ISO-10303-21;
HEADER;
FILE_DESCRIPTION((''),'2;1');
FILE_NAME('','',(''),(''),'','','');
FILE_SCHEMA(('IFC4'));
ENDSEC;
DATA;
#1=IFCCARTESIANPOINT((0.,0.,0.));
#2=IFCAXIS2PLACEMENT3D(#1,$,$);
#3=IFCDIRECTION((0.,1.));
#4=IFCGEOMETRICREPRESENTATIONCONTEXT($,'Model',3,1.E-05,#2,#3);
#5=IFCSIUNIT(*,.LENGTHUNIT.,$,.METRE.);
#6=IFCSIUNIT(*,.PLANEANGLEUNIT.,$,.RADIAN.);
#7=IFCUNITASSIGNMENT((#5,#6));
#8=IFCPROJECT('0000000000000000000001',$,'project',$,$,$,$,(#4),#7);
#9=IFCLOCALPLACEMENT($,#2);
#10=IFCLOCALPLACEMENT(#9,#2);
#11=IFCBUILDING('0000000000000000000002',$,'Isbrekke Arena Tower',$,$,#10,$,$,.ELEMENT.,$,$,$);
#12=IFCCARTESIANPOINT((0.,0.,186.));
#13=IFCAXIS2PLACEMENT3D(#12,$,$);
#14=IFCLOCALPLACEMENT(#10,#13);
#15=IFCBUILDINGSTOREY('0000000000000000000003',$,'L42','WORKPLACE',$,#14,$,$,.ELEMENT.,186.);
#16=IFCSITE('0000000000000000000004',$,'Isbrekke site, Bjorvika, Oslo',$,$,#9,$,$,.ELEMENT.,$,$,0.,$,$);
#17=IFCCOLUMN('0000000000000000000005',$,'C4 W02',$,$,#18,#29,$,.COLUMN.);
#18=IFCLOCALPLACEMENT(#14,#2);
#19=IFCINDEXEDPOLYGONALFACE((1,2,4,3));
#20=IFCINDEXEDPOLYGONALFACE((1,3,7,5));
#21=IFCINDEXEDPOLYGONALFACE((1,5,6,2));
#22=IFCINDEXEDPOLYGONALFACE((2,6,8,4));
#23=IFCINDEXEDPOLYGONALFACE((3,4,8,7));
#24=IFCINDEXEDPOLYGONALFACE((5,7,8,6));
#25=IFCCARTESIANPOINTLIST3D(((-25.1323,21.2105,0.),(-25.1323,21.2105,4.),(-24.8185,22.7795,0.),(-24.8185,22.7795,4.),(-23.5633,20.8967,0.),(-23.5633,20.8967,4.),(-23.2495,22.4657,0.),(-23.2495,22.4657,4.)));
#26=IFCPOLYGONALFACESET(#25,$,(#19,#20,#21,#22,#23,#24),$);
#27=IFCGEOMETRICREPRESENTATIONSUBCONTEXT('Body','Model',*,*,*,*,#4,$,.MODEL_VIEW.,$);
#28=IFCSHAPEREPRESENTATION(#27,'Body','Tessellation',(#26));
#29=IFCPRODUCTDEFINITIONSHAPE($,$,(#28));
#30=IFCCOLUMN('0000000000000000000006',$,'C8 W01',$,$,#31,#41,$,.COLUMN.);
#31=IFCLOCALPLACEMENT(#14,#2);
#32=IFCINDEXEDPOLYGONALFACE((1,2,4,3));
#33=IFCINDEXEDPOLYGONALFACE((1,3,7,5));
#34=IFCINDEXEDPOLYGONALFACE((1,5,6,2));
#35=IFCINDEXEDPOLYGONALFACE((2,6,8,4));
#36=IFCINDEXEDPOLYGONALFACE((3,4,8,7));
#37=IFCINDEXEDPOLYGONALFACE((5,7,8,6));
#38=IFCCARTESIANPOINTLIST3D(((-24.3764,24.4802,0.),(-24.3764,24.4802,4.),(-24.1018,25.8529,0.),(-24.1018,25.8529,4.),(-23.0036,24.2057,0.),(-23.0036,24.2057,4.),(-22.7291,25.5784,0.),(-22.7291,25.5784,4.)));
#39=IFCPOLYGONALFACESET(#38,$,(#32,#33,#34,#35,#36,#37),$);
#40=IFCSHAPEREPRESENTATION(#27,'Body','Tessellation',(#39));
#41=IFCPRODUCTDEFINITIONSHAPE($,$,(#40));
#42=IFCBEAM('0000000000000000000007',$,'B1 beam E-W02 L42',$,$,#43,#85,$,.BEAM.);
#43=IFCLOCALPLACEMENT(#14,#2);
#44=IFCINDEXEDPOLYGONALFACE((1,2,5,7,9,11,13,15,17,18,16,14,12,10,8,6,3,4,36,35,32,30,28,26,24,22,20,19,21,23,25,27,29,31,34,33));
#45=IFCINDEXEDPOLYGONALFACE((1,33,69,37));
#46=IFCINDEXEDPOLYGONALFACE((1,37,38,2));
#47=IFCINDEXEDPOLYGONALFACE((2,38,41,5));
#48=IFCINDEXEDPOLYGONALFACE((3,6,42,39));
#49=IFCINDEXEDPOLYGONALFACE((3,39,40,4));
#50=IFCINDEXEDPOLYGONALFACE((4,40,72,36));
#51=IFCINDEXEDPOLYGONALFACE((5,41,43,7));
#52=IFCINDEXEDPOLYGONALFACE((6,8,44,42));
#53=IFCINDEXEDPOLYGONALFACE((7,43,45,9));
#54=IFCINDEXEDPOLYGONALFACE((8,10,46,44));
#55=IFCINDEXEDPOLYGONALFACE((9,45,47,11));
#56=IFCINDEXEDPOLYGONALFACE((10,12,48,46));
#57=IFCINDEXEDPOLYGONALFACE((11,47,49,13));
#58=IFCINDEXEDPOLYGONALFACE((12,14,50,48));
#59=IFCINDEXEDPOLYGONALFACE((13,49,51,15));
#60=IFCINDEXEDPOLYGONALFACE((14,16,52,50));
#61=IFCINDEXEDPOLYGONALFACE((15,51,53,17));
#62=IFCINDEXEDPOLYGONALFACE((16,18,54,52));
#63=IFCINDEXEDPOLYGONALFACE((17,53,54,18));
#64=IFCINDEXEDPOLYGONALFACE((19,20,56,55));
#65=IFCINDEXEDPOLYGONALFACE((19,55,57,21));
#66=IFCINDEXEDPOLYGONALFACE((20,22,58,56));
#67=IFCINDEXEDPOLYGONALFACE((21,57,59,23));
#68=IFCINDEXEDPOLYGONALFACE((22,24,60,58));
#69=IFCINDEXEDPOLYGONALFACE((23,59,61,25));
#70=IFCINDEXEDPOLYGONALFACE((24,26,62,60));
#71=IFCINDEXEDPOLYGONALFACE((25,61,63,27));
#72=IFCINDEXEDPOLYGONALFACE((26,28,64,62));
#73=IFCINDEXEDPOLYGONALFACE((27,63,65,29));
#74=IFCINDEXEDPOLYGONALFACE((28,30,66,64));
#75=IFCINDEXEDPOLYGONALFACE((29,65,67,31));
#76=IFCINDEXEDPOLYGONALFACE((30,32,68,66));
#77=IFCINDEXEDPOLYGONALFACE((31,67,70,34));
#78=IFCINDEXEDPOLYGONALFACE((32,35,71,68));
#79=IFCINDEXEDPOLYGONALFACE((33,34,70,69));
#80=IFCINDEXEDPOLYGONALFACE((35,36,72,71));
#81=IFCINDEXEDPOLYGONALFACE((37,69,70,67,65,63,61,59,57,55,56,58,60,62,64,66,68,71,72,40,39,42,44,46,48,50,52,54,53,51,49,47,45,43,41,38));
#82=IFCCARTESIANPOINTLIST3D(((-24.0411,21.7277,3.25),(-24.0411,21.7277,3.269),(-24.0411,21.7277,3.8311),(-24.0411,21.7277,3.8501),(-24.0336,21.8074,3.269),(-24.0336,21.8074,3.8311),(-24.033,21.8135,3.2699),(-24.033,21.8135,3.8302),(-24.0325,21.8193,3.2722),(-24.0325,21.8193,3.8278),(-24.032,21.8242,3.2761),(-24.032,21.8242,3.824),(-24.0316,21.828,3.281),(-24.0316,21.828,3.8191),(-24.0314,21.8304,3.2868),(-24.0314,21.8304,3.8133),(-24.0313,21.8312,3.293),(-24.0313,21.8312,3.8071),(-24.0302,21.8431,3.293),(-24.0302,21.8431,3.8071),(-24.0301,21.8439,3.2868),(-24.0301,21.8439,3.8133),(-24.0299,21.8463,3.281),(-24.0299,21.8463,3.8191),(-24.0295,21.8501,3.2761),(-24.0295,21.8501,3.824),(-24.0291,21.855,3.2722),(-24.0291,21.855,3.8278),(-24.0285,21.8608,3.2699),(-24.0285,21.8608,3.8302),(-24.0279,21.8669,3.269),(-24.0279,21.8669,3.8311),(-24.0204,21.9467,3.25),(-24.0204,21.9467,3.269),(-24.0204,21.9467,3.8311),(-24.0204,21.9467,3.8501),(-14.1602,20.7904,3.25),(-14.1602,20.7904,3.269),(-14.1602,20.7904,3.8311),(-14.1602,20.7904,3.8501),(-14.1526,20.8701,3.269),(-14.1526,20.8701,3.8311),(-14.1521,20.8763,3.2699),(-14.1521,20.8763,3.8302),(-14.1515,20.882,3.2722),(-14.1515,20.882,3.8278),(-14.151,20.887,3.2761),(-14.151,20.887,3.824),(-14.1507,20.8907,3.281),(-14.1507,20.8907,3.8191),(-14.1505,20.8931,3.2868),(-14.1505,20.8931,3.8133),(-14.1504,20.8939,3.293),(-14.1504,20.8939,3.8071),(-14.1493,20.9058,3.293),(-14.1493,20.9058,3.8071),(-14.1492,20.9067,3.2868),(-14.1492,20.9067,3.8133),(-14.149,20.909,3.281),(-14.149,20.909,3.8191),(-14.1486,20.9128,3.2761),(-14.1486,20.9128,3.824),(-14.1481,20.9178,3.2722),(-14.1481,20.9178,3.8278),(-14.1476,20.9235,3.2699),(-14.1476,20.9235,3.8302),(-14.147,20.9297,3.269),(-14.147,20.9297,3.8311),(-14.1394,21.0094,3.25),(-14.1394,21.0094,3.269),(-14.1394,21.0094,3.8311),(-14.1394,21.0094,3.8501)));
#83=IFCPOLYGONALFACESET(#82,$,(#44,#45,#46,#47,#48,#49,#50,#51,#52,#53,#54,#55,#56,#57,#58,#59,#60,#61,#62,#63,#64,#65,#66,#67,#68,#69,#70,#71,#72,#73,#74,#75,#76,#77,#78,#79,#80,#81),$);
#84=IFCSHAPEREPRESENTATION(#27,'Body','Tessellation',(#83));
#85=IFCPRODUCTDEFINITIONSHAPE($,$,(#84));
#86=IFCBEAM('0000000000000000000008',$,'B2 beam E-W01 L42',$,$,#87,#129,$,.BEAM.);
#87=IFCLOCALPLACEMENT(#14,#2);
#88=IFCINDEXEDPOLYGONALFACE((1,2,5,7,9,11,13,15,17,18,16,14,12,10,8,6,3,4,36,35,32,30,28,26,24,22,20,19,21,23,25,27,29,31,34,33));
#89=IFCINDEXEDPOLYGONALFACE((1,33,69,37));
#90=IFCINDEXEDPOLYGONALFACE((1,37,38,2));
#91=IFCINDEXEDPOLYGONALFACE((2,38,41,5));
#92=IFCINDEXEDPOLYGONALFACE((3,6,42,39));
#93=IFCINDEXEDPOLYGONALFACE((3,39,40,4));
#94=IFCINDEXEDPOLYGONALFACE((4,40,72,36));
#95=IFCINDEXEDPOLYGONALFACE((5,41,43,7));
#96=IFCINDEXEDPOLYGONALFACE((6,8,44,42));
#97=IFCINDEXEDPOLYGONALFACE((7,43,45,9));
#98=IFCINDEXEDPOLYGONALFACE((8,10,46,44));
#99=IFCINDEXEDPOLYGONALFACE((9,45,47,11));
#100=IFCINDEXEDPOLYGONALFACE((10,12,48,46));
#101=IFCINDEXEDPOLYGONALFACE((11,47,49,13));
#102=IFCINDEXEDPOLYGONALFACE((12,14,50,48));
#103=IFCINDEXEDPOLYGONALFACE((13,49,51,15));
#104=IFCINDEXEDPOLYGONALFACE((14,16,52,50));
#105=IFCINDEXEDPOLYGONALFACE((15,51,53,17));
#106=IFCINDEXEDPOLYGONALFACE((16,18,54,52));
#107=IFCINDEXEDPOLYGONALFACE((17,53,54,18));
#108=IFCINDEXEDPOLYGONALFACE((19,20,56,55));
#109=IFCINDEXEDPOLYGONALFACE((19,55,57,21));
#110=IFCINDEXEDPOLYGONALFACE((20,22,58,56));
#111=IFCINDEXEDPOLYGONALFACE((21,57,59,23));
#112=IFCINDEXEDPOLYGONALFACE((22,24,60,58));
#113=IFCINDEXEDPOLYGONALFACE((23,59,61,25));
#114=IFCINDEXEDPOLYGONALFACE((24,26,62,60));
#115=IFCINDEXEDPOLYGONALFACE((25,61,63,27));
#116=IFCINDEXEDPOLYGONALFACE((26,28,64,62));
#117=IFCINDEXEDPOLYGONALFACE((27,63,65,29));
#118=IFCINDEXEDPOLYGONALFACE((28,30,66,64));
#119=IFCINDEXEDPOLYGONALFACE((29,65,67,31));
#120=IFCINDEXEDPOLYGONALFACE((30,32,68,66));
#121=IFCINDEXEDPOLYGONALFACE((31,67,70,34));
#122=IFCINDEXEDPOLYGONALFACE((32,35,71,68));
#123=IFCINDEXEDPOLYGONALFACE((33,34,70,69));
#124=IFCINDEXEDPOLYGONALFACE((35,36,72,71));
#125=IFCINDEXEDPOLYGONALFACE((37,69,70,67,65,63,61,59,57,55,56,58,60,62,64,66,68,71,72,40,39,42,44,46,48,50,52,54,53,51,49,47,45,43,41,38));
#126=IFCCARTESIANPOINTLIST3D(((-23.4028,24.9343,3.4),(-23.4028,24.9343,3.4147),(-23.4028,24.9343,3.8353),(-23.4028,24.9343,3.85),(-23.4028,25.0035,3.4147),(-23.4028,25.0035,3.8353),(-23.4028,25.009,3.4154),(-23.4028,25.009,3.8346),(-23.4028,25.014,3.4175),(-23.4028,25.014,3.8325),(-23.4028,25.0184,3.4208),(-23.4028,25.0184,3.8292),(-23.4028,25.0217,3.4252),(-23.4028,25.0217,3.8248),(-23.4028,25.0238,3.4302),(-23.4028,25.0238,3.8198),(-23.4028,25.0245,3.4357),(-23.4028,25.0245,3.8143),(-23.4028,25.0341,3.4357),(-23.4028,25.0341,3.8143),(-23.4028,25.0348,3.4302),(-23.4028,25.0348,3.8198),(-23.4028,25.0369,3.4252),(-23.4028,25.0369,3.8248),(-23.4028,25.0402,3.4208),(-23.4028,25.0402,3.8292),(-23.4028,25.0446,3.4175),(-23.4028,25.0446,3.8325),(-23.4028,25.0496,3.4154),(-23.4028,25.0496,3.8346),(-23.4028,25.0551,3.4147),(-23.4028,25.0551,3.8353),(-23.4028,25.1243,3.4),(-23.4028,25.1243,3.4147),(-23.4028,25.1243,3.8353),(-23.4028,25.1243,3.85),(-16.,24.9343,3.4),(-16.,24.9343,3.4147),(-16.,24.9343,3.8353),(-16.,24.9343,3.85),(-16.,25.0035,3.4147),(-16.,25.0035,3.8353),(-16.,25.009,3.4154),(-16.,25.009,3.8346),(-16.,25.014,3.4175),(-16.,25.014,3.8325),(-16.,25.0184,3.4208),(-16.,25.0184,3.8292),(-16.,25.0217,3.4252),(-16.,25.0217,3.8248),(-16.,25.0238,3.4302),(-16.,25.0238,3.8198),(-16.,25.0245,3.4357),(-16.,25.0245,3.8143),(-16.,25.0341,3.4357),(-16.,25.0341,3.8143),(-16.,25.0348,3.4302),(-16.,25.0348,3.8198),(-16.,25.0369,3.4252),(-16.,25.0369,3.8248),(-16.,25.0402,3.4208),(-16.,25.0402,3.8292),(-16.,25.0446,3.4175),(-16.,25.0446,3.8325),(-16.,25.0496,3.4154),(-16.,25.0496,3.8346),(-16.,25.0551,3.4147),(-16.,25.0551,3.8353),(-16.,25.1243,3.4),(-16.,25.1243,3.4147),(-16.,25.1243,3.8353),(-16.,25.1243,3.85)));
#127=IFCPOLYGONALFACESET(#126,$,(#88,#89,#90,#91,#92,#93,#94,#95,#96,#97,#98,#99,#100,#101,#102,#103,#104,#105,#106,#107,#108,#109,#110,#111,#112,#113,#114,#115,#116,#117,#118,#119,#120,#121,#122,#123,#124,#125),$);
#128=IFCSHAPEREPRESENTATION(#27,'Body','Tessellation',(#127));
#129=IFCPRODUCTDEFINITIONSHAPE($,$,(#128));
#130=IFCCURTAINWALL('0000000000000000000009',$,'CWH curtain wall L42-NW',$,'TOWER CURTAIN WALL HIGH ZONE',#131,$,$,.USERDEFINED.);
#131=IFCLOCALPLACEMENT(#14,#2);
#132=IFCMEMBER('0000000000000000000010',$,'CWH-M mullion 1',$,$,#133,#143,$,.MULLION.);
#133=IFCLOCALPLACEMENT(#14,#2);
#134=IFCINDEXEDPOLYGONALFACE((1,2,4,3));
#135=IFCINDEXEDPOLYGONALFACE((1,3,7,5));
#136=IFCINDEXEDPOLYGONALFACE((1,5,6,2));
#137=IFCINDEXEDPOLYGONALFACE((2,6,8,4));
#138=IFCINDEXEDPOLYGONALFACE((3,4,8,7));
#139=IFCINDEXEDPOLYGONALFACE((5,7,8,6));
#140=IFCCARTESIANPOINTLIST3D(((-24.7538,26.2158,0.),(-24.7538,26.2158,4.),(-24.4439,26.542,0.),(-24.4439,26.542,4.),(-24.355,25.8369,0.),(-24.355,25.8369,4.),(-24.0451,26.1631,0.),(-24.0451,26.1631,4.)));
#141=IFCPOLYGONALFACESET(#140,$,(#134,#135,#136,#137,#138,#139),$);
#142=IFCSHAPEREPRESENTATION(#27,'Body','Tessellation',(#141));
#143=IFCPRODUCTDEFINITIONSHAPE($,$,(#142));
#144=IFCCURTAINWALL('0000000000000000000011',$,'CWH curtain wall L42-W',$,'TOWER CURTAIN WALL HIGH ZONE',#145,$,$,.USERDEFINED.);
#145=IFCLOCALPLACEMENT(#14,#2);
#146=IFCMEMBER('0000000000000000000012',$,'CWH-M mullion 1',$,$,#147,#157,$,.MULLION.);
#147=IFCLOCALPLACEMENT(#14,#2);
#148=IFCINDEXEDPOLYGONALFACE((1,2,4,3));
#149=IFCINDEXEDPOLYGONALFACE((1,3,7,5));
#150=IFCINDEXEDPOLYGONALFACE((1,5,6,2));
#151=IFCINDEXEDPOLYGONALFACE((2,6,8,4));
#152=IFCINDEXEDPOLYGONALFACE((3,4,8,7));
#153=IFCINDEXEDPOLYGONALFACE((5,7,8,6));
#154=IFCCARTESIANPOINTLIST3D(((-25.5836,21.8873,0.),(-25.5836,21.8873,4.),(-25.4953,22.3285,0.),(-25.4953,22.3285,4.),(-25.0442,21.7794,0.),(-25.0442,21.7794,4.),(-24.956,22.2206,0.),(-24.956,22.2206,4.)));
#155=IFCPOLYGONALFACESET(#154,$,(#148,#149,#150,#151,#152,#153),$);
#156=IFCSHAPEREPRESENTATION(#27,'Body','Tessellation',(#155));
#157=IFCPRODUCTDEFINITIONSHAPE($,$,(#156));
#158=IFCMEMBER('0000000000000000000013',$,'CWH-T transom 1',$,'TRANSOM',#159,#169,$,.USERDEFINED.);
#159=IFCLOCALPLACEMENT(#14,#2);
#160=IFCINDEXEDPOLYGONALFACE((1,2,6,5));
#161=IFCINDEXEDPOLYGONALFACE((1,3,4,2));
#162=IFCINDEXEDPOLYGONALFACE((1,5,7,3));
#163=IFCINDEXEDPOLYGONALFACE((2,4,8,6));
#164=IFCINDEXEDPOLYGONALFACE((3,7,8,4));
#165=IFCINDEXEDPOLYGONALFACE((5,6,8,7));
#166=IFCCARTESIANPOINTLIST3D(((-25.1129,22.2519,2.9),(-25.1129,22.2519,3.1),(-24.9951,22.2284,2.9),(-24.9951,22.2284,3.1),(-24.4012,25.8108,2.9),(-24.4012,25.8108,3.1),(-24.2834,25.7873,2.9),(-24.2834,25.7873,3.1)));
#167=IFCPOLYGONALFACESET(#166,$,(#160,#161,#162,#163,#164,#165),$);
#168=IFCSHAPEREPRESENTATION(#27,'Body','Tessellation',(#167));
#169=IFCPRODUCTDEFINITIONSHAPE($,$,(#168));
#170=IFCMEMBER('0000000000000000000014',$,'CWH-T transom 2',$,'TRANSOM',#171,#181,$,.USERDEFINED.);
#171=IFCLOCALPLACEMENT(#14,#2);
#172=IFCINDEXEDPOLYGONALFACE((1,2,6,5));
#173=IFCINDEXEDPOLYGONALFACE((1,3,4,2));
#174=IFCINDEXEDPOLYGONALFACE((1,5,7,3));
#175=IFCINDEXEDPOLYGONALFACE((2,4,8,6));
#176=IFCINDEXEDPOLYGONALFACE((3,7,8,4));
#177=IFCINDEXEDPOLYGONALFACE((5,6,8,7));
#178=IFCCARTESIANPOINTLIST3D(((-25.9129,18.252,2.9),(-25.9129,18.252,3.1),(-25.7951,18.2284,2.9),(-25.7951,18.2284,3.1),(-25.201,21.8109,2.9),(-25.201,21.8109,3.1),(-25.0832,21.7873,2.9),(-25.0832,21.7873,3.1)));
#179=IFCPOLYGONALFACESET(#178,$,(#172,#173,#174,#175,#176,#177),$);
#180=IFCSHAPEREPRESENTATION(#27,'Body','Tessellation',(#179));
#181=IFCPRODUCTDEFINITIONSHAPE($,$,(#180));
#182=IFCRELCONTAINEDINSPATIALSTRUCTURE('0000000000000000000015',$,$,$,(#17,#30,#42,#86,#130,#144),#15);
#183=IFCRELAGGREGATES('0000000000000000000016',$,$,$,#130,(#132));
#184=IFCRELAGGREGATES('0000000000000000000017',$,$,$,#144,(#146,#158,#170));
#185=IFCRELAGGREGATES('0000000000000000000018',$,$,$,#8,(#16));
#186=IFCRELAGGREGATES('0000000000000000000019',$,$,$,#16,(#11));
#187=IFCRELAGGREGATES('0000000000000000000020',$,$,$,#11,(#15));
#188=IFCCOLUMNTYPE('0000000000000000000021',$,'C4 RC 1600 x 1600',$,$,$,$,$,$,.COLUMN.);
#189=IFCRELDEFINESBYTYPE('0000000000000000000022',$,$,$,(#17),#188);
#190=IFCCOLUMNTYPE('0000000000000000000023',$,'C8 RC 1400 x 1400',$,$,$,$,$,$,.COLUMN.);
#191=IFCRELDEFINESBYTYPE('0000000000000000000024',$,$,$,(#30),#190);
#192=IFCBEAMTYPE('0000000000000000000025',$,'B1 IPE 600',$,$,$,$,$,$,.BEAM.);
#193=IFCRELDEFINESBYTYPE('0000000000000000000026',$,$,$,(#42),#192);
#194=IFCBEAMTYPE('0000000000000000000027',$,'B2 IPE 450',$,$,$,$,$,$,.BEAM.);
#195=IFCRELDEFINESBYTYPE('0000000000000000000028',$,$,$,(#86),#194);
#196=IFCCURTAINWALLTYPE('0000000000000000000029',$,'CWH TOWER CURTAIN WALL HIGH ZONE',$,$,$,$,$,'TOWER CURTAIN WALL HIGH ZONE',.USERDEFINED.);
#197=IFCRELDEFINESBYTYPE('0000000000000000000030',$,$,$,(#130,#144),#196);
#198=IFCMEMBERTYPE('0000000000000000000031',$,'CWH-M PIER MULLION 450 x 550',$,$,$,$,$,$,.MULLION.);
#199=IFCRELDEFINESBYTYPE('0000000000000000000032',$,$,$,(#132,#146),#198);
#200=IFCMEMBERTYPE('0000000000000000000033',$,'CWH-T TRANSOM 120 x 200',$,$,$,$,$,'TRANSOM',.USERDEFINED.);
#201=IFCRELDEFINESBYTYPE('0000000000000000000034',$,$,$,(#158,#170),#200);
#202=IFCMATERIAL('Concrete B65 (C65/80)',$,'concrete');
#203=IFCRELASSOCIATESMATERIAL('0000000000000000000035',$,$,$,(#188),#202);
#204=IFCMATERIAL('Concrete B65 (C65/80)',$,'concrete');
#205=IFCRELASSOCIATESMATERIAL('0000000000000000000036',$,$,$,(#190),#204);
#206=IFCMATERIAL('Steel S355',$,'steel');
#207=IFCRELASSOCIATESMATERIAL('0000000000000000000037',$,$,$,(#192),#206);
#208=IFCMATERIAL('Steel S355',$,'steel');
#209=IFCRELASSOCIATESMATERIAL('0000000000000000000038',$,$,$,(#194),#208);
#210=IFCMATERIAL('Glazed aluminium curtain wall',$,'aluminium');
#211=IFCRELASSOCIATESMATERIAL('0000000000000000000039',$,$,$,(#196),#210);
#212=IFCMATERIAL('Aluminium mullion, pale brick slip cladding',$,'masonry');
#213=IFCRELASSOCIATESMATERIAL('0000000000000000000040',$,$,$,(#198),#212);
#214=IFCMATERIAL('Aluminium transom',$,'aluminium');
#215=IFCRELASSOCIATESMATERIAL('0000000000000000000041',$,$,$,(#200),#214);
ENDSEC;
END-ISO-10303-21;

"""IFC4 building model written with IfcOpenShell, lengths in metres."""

from ifc_helpers import new_model, si_unit, direction, frame, origin, origin_2d, place, context, subcontext, project, spatial, rectangle, i_section, extrude, material, material_profile, profile_set, type_object, element, aggregate, save


model = new_model("IFC4")

# Units and contexts
model_context = context("Model", 3, precision=1e-05, world=origin(), true_north=direction((0.0, 1.0)))
body_context = subcontext(model_context, "Body", "Model", "MODEL_VIEW")
ifc_project = project(units=[si_unit("LENGTHUNIT", "METRE"), si_unit("PLANEANGLEUNIT", "RADIAN")], contexts=[model_context])

# Site, building, storey
site_placement = place(None, origin())
site = spatial("IfcSite", under=ifc_project, at=site_placement, Name="Isbrekke site, Bjorvika, Oslo", CompositionType="ELEMENT", RefElevation=0.0)
building_placement = place(site_placement, origin())
building = spatial("IfcBuilding", under=site, at=building_placement, Name="Isbrekke Arena Tower", CompositionType="ELEMENT")
storey_placement = place(building_placement, frame((0.0, 0.0, 186.0)))
storey = spatial("IfcBuildingStorey", under=building, at=storey_placement, Name="L42", Description="WORKPLACE", CompositionType="ELEMENT", Elevation=186.0)

# Columns
ifc_material_1 = material(Name="Concrete B65 (C65/80)", Category="concrete")
ifc_material_profile_1 = material_profile(ifc_material_1, rectangle(XDim=1.6001, YDim=1.6001, at=origin_2d()), Name="RC 1600x1600")
ifc_profile_set_1 = profile_set([ifc_material_profile_1], Name="Concrete B65 (C65/80)")
column_type_1 = type_object("IfcColumnType", Name="C4 RC 1600 x 1600", PredefinedType="COLUMN", material=ifc_profile_set_1)
column_1_placement = place(storey_placement, frame((-24.1909, 21.8381, 0.0), z_axis=(0.0, 0.0, 1.0), x_axis=(-0.196116, -0.980581, 0.0)))
element("IfcColumn", 1, at=column_1_placement, inside=storey, type_object=column_type_1, Name="C4 W02", PredefinedType="COLUMN", context=body_context, shape_type="SweptSolid", body=[
    extrude(rectangle(XDim=1.6001, YDim=1.6001, at=origin_2d()), origin(), (0.0, 0.0, 1.0), 4.0),
])
ifc_material_2 = material(Name="Concrete B65 (C65/80)", Category="concrete")
ifc_material_profile_2 = material_profile(ifc_material_2, rectangle(XDim=1.3999, YDim=1.3999, at=origin_2d()), Name="RC 1400x1400")
ifc_profile_set_2 = profile_set([ifc_material_profile_2], Name="Concrete B65 (C65/80)")
column_type_2 = type_object("IfcColumnType", Name="C8 RC 1400 x 1400", PredefinedType="COLUMN", material=ifc_profile_set_2)
column_2_placement = place(storey_placement, frame((-23.5527, 25.0293, 0.0), z_axis=(0.0, 0.0, 1.0), x_axis=(-0.196116, -0.980581, 0.0)))
element("IfcColumn", 2, at=column_2_placement, inside=storey, type_object=column_type_2, Name="C8 W01", PredefinedType="COLUMN", context=body_context, shape_type="SweptSolid", body=[
    extrude(rectangle(XDim=1.3999, YDim=1.3999, at=origin_2d()), origin(), (0.0, 0.0, 1.0), 4.0),
])

# Beams
ifc_material_3 = material(Name="Steel S355", Category="steel")
ifc_material_profile_3 = material_profile(ifc_material_3, i_section(OverallWidth=0.22, OverallDepth=0.6001, WebThickness=0.012, FlangeThickness=0.019, FilletRadius=0.0239, at=origin_2d()), Name="IPE 600")
ifc_profile_set_3 = profile_set([ifc_material_profile_3], Name="Steel S355")
beam_type_1 = type_object("IfcBeamType", Name="B1 IPE 600", PredefinedType="BEAM", material=ifc_profile_set_3)
beam_1_placement = place(storey_placement, frame((-24.0308, 21.8372, 3.55), z_axis=(0.995531, -0.094432, 0.0), x_axis=(0.094432, 0.995531, 0.0)))
element("IfcBeam", 3, at=beam_1_placement, inside=storey, type_object=beam_type_1, Name="B1 beam E-W02 L42", PredefinedType="BEAM", context=body_context, shape_type="SweptSolid", body=[
    extrude(i_section(OverallWidth=0.22, OverallDepth=0.6001, WebThickness=0.012, FlangeThickness=0.019, FilletRadius=0.0239, at=origin_2d()), origin(), (0.0, 0.0, 1.0), 9.9253),
])
ifc_material_4 = material(Name="Steel S355", Category="steel")
ifc_material_profile_4 = material_profile(ifc_material_4, i_section(OverallWidth=0.1899, OverallDepth=0.45, WebThickness=0.0095, FlangeThickness=0.0146, FilletRadius=0.021, at=origin_2d()), Name="IPE 450")
ifc_profile_set_4 = profile_set([ifc_material_profile_4], Name="Steel S355")
beam_type_2 = type_object("IfcBeamType", Name="B2 IPE 450", PredefinedType="BEAM", material=ifc_profile_set_4)
beam_2_placement = place(storey_placement, frame((-23.4028, 25.0293, 3.625), z_axis=(1.0, 0.0, 0.0), x_axis=(0.0, 1.0, 0.0)))
element("IfcBeam", 4, at=beam_2_placement, inside=storey, type_object=beam_type_2, Name="B2 beam E-W01 L42", PredefinedType="BEAM", context=body_context, shape_type="SweptSolid", body=[
    extrude(i_section(OverallWidth=0.1899, OverallDepth=0.45, WebThickness=0.0095, FlangeThickness=0.0146, FilletRadius=0.021, at=origin_2d()), origin(), (0.0, 0.0, 1.0), 7.4028),
])

# Curtain wall, member
ifc_material_5 = material(Name="Glazed aluminium curtain wall", Category="aluminium")
curtain_wall_type = type_object("IfcCurtainWallType", Name="CWH TOWER CURTAIN WALL HIGH ZONE", ElementType="TOWER CURTAIN WALL HIGH ZONE", PredefinedType="USERDEFINED", material=ifc_material_5)
curtain_wall_1_placement = place(storey_placement, origin())
curtain_wall_1 = element("IfcCurtainWall", 5, at=curtain_wall_1_placement, inside=storey, type_object=curtain_wall_type, Name="CWH curtain wall L42-NW", ObjectType="TOWER CURTAIN WALL HIGH ZONE", PredefinedType="USERDEFINED")
ifc_material_6 = material(Name="Aluminium mullion, pale brick slip cladding", Category="masonry")
ifc_material_profile_5 = material_profile(ifc_material_6, rectangle(XDim=0.45, YDim=0.55, at=origin_2d()), Name="PIER 450X550")
ifc_profile_set_5 = profile_set([ifc_material_profile_5], Name="Aluminium mullion, pale brick slip cladding")
member_type_1 = type_object("IfcMemberType", Name="CWH-M PIER MULLION 450 x 550", PredefinedType="MULLION", material=ifc_profile_set_5)
member_1_placement = place(storey_placement, frame((-24.3994, 26.1895, 0.0), z_axis=(0.0, 0.0, 1.0), x_axis=(-0.688749, -0.724999, 0.0)))
member_1 = element("IfcMember", 6, at=member_1_placement, type_object=member_type_1, Name="CWH-M mullion 1", PredefinedType="MULLION", context=body_context, shape_type="SweptSolid", body=[
    extrude(rectangle(XDim=0.45, YDim=0.55, at=origin_2d()), origin(), (0.0, 0.0, 1.0), 4.0),
])
aggregate(curtain_wall_1, [member_1])

# Curtain wall, members
curtain_wall_2_placement = place(storey_placement, origin())
curtain_wall_2 = element("IfcCurtainWall", 7, at=curtain_wall_2_placement, inside=storey, type_object=curtain_wall_type, Name="CWH curtain wall L42-W", ObjectType="TOWER CURTAIN WALL HIGH ZONE", PredefinedType="USERDEFINED")
member_2_placement = place(storey_placement, frame((-25.2698, 22.054, 0.0), z_axis=(0.0, 0.0, 1.0), x_axis=(-0.196116, -0.980581, 0.0)))
member_2 = element("IfcMember", 8, at=member_2_placement, type_object=member_type_1, Name="CWH-M mullion 1", PredefinedType="MULLION", context=body_context, shape_type="SweptSolid", body=[
    extrude(rectangle(XDim=0.45, YDim=0.55, at=origin_2d()), origin(), (0.0, 0.0, 1.0), 4.0),
])
ifc_material_7 = material(Name="Aluminium transom", Category="aluminium")
ifc_material_profile_6 = material_profile(ifc_material_7, rectangle(XDim=0.1201, YDim=0.2, at=origin_2d()), Name="TRANSOM 120X200")
ifc_profile_set_6 = profile_set([ifc_material_profile_6], Name="Aluminium transom")
member_type_2 = type_object("IfcMemberType", Name="CWH-T TRANSOM 120 x 200", ElementType="TRANSOM", PredefinedType="USERDEFINED", material=ifc_profile_set_6)
member_3_placement = place(storey_placement, frame((-24.3423, 25.7991, 3.0), z_axis=(-0.19609, -0.980586, 0.0), x_axis=(0.980586, -0.19609, 0.0)))
member_3 = element("IfcMember", 9, at=member_3_placement, type_object=member_type_2, Name="CWH-T transom 1", ObjectType="TRANSOM", PredefinedType="USERDEFINED", context=body_context, shape_type="SweptSolid", body=[
    extrude(rectangle(XDim=0.1201, YDim=0.2, at=origin_2d()), origin(), (0.0, 0.0, 1.0), 3.6294),
])
member_4_placement = place(storey_placement, frame((-25.1421, 21.7991, 3.0), z_axis=(-0.196155, -0.980573, 0.0), x_axis=(0.980573, -0.196155, 0.0)))
member_4 = element("IfcMember", 10, at=member_4_placement, type_object=member_type_2, Name="CWH-T transom 2", ObjectType="TRANSOM", PredefinedType="USERDEFINED", context=body_context, shape_type="SweptSolid", body=[
    extrude(rectangle(XDim=0.1201, YDim=0.2, at=origin_2d()), origin(), (0.0, 0.0, 1.0), 3.6294),
])

aggregate(curtain_wall_2, [member_2, member_3, member_4])

save(model, "model.ifc")
